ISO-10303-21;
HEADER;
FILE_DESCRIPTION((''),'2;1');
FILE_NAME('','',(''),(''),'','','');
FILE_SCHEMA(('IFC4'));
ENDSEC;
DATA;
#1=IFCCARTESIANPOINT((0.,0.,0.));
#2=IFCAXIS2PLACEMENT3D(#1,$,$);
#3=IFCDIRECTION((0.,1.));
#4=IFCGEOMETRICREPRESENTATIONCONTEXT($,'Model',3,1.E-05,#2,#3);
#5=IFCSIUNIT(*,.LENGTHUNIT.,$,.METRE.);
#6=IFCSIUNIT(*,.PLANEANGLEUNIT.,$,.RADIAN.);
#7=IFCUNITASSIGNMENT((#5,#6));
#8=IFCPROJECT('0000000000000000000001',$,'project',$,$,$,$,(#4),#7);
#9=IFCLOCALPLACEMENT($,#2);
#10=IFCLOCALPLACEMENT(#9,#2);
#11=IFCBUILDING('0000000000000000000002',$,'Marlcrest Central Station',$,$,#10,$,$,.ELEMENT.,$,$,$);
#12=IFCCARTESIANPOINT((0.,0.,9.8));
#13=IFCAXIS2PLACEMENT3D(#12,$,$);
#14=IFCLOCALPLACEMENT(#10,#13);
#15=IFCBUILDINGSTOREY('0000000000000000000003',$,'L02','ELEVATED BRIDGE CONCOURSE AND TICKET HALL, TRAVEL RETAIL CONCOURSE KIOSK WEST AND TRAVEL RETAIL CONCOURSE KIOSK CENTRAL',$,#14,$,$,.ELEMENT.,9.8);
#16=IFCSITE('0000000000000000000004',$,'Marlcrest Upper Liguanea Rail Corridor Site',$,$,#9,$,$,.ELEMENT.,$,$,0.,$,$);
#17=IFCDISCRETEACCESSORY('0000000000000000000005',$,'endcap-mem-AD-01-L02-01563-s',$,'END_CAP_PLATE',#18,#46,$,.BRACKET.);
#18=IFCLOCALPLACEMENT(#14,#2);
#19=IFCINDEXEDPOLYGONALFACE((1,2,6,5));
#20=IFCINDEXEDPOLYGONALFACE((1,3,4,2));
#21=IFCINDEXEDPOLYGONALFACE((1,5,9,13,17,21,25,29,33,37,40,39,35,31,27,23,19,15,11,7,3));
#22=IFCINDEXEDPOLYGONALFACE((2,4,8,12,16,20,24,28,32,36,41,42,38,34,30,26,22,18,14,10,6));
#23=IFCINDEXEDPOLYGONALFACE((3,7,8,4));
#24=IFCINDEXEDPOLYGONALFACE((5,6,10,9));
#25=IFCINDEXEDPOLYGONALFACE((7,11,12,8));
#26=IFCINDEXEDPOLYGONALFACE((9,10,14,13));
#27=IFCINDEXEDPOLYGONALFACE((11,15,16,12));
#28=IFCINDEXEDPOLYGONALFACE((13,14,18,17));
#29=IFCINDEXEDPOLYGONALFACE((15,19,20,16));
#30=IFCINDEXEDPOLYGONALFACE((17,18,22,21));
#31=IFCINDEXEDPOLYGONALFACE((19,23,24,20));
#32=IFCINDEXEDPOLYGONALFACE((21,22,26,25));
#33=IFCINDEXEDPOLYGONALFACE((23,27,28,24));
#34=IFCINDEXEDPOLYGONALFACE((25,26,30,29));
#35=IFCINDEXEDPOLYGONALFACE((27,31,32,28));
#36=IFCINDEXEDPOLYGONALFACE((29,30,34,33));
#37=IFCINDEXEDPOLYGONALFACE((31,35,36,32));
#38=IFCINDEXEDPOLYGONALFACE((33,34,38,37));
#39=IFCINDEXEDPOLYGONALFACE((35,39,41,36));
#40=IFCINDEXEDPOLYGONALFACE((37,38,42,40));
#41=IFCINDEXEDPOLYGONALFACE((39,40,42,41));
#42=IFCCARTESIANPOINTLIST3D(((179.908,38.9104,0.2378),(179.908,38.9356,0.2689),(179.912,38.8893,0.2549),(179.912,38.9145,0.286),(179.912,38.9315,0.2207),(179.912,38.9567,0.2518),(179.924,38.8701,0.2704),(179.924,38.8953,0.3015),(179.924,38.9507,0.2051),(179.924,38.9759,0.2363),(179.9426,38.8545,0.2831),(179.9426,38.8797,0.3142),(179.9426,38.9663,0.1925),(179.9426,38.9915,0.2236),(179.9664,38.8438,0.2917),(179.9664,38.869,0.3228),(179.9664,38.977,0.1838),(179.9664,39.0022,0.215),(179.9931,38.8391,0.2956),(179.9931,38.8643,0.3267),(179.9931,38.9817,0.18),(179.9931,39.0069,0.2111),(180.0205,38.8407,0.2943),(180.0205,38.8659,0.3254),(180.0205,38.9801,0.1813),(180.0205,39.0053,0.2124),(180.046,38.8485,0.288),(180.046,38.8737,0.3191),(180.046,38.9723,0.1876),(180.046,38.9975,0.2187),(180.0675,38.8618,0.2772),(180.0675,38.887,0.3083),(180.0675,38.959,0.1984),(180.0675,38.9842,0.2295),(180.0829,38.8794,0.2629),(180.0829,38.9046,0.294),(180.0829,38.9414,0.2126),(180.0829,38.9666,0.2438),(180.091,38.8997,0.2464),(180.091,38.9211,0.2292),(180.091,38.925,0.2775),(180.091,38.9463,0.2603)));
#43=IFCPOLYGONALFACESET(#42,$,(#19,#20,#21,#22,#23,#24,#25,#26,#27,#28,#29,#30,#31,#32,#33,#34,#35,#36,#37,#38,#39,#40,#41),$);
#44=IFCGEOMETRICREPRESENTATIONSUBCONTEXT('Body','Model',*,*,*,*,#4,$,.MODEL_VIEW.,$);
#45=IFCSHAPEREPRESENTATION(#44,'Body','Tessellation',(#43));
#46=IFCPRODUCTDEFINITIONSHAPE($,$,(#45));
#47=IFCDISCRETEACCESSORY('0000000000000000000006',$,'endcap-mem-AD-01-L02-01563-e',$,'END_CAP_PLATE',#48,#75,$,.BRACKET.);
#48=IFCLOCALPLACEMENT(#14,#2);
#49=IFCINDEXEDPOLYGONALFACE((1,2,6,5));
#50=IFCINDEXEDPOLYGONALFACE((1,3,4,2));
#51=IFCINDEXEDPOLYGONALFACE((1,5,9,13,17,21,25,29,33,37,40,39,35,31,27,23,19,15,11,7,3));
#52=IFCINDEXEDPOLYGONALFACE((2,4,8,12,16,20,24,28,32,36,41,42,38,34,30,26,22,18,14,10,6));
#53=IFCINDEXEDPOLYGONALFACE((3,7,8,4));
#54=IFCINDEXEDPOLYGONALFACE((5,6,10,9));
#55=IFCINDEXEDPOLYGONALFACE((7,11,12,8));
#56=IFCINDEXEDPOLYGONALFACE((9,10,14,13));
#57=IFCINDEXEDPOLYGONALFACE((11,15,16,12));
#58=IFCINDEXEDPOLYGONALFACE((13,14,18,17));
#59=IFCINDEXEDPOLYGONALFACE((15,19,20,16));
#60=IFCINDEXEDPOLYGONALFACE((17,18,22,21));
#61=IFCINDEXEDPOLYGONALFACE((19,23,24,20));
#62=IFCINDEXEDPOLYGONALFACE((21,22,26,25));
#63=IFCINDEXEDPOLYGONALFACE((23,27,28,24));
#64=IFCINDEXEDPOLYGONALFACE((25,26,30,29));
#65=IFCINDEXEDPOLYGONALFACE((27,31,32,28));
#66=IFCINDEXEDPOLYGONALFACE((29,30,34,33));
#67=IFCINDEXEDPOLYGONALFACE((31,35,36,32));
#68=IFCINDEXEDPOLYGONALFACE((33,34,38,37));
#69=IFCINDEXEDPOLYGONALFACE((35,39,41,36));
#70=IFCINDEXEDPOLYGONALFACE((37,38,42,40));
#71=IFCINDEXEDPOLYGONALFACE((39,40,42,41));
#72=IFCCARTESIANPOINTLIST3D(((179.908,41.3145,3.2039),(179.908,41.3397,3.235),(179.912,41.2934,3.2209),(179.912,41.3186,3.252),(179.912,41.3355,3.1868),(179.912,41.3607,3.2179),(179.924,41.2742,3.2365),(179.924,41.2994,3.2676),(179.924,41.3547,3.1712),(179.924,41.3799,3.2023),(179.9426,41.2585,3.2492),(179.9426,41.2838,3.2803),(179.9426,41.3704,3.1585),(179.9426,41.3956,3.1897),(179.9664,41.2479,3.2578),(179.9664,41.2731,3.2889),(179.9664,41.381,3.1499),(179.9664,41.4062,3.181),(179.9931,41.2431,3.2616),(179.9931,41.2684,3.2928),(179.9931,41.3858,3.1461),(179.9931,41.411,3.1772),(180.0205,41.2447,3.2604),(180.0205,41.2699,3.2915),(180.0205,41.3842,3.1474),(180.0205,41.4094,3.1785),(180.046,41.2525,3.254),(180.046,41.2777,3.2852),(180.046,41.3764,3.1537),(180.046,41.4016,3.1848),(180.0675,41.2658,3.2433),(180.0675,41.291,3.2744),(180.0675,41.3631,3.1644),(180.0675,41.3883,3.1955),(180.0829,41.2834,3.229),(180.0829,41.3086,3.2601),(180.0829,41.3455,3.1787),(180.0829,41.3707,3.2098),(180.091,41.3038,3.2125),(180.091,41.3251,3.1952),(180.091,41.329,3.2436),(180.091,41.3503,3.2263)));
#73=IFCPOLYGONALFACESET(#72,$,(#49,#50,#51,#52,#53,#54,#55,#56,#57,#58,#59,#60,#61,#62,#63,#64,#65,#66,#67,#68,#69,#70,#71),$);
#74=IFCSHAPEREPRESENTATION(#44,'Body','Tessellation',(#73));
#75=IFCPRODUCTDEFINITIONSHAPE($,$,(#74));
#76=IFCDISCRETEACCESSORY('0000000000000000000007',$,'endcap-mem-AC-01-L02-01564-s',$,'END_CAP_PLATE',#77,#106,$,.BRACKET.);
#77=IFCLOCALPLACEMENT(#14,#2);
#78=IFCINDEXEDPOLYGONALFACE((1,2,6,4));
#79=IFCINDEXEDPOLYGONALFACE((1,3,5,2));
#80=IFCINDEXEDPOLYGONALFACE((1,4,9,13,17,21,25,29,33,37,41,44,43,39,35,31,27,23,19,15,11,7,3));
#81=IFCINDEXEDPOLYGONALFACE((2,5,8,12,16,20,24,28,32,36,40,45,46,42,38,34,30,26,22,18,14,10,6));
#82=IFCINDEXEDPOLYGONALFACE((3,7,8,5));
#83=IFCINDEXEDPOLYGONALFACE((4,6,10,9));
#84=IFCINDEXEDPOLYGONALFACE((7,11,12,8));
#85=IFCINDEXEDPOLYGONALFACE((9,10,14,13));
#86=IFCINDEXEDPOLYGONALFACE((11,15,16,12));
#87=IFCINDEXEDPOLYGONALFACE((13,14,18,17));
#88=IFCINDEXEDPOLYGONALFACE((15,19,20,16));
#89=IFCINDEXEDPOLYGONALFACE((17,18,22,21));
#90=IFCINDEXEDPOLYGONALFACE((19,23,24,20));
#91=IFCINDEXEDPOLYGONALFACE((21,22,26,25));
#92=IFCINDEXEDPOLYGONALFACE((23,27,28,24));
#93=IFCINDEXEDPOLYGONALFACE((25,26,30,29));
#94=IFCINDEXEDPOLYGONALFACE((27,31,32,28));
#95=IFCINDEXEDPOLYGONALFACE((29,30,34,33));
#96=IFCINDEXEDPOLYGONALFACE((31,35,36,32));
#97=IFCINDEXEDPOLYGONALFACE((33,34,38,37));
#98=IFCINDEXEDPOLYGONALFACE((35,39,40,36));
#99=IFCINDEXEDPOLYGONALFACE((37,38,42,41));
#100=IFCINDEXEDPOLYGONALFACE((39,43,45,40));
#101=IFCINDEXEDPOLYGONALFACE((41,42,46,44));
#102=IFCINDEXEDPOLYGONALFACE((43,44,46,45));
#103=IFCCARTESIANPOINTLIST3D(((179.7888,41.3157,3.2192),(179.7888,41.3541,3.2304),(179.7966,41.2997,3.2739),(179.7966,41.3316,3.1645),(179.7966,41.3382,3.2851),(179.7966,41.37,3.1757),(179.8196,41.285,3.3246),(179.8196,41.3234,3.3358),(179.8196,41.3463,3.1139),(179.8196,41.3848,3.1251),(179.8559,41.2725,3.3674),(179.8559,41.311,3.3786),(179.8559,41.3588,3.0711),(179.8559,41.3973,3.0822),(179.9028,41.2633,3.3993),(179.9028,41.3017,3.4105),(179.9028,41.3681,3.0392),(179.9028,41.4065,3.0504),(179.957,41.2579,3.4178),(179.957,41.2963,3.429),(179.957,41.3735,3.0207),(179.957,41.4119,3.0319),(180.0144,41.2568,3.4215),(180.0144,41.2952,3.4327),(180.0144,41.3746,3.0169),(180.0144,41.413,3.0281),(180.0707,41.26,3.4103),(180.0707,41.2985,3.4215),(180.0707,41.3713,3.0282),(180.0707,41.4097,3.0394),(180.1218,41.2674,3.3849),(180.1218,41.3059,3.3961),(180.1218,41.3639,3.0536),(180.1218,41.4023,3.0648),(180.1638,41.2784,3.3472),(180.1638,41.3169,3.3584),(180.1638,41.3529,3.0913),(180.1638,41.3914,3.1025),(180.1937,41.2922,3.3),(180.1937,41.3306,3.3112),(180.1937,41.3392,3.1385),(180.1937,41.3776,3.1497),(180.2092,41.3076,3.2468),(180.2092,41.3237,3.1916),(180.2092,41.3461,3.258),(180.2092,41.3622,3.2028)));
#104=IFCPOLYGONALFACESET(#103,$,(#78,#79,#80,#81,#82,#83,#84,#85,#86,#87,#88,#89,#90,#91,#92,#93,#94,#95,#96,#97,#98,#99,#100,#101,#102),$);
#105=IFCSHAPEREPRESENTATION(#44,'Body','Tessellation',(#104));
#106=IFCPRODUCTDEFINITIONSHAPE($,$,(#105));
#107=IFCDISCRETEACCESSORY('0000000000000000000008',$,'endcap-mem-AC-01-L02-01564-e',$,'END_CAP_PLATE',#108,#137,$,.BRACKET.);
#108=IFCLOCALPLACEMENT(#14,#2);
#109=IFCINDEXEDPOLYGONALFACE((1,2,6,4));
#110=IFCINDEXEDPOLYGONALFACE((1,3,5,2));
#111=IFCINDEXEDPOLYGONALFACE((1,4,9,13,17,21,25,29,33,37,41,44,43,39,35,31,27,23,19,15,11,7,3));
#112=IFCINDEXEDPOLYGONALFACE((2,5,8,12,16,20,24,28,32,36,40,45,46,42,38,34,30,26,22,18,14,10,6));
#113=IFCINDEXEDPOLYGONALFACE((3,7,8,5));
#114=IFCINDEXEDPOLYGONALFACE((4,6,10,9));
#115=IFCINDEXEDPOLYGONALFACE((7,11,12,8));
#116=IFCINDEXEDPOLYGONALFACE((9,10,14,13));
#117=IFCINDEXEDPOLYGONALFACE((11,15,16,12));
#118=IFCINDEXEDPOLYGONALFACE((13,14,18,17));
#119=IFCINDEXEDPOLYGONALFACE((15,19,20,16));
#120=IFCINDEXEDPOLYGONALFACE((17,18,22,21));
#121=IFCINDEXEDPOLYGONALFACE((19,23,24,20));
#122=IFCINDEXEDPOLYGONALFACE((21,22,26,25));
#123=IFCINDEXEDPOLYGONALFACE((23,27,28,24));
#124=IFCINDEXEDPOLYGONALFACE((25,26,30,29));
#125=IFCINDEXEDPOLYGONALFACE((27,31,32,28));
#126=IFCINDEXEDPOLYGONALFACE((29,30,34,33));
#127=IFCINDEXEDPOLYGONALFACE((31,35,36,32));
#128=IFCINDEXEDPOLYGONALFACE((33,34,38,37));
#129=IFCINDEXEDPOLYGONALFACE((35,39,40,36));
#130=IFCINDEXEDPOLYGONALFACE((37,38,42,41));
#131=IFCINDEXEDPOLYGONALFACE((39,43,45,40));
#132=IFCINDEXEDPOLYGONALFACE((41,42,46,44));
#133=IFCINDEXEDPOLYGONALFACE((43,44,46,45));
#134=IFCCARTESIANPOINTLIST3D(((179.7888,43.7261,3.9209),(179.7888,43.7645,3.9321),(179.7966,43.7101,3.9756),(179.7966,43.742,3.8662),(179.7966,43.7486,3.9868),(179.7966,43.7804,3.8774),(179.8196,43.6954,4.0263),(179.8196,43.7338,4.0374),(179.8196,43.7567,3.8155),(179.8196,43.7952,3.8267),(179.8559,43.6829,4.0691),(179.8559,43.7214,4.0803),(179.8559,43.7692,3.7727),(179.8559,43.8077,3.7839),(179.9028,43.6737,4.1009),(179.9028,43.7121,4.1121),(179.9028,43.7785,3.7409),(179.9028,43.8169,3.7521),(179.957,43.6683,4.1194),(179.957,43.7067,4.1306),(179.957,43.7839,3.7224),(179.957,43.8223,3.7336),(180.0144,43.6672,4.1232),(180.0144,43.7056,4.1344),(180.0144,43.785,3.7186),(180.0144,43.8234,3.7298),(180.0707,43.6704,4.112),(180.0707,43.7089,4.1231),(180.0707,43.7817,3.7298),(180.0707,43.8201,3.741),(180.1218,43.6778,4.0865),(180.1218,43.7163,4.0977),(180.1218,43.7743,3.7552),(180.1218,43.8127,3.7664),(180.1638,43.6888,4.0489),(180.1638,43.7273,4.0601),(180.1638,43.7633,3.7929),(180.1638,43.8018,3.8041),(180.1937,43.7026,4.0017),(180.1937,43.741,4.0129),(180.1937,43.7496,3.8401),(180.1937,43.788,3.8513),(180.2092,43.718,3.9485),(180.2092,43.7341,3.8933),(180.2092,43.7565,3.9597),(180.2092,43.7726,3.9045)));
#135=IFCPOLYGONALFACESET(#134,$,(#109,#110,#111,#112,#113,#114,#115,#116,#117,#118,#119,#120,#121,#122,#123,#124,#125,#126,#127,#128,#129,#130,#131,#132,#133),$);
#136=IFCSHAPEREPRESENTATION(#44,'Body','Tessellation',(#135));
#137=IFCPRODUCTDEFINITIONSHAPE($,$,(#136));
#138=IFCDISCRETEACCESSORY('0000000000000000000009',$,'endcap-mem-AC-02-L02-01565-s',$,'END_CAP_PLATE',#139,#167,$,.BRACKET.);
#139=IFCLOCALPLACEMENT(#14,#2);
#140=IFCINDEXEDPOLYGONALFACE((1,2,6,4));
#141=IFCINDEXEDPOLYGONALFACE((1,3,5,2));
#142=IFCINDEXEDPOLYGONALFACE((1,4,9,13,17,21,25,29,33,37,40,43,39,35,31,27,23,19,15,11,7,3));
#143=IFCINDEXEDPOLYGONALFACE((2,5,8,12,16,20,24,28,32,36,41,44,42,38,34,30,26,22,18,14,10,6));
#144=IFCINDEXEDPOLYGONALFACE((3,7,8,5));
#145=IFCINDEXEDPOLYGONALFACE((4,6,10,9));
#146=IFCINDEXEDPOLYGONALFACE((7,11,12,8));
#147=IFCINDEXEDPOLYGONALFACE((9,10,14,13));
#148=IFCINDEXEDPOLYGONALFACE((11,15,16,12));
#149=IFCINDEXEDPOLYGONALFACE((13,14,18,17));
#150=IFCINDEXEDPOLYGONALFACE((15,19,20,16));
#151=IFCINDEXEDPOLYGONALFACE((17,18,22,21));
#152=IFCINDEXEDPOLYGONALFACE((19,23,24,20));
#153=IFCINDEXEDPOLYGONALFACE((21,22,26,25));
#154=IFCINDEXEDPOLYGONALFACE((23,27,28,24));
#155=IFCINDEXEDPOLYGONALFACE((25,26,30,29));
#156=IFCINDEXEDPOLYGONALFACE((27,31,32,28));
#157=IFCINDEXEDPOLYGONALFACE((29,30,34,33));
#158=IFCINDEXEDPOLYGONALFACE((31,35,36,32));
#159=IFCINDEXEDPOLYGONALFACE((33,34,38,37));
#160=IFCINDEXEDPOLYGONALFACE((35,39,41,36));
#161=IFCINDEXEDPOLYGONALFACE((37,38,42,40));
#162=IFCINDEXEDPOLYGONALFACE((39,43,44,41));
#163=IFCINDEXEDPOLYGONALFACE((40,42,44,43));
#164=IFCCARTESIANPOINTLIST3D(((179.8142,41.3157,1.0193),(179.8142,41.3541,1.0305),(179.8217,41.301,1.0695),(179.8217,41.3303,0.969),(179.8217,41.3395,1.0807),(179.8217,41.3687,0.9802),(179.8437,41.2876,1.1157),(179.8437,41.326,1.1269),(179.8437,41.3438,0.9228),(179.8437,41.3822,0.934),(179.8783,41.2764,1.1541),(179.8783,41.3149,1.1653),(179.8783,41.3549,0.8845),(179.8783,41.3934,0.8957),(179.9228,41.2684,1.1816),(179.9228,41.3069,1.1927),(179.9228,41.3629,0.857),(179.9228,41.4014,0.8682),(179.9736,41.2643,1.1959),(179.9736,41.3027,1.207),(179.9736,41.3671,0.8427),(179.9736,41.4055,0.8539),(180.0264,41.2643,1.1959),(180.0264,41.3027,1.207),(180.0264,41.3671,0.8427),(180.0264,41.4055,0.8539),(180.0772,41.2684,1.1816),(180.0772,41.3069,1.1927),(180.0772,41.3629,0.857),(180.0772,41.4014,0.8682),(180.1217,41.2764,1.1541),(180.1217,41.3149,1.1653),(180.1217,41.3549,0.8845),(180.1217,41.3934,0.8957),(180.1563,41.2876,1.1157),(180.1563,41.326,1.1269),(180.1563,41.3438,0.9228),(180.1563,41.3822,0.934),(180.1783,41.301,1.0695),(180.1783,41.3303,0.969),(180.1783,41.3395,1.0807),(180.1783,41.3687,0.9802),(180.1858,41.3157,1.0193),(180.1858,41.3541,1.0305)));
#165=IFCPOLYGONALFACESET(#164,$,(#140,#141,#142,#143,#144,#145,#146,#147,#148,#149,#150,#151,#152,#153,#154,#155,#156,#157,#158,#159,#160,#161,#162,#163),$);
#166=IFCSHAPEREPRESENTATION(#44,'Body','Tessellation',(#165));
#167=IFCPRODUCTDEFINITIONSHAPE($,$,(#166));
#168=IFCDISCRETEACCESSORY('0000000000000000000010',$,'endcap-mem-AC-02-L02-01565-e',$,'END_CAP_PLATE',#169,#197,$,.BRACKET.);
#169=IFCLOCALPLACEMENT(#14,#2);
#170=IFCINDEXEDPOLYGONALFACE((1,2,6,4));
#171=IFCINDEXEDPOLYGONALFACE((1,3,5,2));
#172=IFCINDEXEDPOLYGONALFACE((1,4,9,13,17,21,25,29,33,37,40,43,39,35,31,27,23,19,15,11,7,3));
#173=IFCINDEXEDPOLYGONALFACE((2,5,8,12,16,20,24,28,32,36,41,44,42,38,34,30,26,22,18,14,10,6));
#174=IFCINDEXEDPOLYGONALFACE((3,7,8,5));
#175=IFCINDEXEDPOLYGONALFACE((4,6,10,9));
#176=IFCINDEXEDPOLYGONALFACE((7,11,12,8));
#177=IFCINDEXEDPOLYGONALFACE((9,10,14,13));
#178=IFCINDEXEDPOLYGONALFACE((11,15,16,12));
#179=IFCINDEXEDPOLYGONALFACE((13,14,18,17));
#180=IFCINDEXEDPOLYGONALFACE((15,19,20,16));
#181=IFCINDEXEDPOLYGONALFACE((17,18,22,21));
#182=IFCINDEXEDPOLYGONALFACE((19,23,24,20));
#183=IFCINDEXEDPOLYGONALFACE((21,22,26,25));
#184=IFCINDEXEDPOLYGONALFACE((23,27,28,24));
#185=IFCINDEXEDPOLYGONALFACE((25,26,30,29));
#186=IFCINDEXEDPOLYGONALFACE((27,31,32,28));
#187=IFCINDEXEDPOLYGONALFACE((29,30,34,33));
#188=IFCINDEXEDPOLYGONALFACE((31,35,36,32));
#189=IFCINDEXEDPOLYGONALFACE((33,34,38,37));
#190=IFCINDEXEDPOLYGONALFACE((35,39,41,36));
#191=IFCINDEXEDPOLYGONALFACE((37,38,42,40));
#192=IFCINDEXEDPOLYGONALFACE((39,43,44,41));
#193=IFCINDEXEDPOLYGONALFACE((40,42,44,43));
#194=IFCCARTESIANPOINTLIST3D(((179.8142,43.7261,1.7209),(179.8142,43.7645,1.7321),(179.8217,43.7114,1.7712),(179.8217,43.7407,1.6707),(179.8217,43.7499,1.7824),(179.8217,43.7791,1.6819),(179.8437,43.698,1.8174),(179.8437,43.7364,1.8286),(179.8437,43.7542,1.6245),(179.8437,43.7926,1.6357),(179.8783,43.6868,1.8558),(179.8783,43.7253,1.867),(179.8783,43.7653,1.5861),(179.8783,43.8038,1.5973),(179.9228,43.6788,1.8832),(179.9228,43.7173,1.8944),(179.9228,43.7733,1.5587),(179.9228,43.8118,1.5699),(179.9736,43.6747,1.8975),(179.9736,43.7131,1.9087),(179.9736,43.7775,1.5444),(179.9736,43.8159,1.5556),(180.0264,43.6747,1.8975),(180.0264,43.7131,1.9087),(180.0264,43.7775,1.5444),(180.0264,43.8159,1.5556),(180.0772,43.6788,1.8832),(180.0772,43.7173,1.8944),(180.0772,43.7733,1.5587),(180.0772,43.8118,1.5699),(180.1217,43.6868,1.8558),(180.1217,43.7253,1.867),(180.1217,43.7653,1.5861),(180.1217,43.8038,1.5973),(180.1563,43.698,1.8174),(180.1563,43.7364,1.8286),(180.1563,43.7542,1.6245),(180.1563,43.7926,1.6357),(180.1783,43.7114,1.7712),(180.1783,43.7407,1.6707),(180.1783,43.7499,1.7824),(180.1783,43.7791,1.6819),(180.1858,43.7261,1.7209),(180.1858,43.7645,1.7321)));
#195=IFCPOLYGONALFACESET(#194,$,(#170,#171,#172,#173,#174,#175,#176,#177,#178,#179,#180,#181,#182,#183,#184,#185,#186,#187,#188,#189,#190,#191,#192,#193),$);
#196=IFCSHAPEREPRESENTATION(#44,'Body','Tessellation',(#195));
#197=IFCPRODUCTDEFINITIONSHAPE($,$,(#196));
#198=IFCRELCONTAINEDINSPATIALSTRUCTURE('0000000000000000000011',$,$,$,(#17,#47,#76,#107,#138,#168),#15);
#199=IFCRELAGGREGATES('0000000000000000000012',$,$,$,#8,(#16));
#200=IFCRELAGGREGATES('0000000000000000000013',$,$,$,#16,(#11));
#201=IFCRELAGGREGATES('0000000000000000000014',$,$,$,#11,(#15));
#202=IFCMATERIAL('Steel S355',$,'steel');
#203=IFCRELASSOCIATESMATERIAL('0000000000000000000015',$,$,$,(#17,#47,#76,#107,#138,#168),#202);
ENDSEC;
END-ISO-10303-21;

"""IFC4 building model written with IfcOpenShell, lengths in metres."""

from ifc_helpers import new_model, si_unit, direction, frame, origin, origin_2d, place, context, subcontext, project, spatial, circle, extrude, material, element, save


model = new_model("IFC4")

# Units and contexts
model_context = context("Model", 3, precision=1e-05, world=origin(), true_north=direction((0.0, 1.0)))
body_context = subcontext(model_context, "Body", "Model", "MODEL_VIEW")
ifc_project = project(units=[si_unit("LENGTHUNIT", "METRE"), si_unit("PLANEANGLEUNIT", "RADIAN")], contexts=[model_context])

# Site, building, storey
site_placement = place(None, origin())
site = spatial("IfcSite", under=ifc_project, at=site_placement, Name="Marlcrest Upper Liguanea Rail Corridor Site", CompositionType="ELEMENT", RefElevation=0.0)
building_placement = place(site_placement, origin())
building = spatial("IfcBuilding", under=site, at=building_placement, Name="Marlcrest Central Station", CompositionType="ELEMENT")
storey_placement = place(building_placement, frame((0.0, 0.0, 9.8)))
storey = spatial("IfcBuildingStorey", under=building, at=storey_placement, Name="L02", Description="ELEVATED BRIDGE CONCOURSE AND TICKET HALL, TRAVEL RETAIL CONCOURSE KIOSK WEST AND TRAVEL RETAIL CONCOURSE KIOSK CENTRAL", CompositionType="ELEMENT", Elevation=9.8)

# Shared definitions
ifc_material_1 = material(Name="Steel S355", Category="steel")

# Discrete accessories
for number, where, z_axis, x_axis, name in (
    (1, (180.0, 38.9104, 0.2378), (0.0, 0.629629, 0.776896), (-1.0, 0.0, 0.0), "endcap-mem-AD-01-L02-01563-s"),
    (2, (180.0, 41.3145, 3.2039), (0.0, 0.629629, 0.776896), (-1.0, 0.0, 0.0), "endcap-mem-AD-01-L02-01563-e"),
):
    element("IfcDiscreteAccessory", number, at=place(storey_placement, frame(where, z_axis=z_axis, x_axis=x_axis)), inside=storey, material=ifc_material_1, Name=name, ObjectType="END_CAP_PLATE", PredefinedType="BRACKET", context=body_context, shape_type="SweptSolid", body=[
        extrude(circle(Radius=0.092, at=origin_2d()), origin(), (0.0, 0.0, 1.0), 0.04),
    ])
for number, where, z_axis, x_axis, name in (
    (3, (180.0, 41.3157, 3.2192), (0.0, 0.96013, 0.279554), (-1.0, 0.0, 0.0), "endcap-mem-AC-01-L02-01564-s"),
    (4, (180.0, 43.7261, 3.9209), (0.0, 0.96013, 0.279554), (-1.0, 0.0, 0.0), "endcap-mem-AC-01-L02-01564-e"),
):
    element("IfcDiscreteAccessory", number, at=place(storey_placement, frame(where, z_axis=z_axis, x_axis=x_axis)), inside=storey, material=ifc_material_1, Name=name, ObjectType="END_CAP_PLATE", PredefinedType="BRACKET", context=body_context, shape_type="SweptSolid", body=[
        extrude(circle(Radius=0.2112, at=origin_2d()), origin(), (0.0, 0.0, 1.0), 0.04),
    ])
for number, where, z_axis, x_axis, name in (
    (5, (180.0, 41.3157, 1.0193), (0.0, 0.96013, 0.279554), (-1.0, 0.0, 0.0), "endcap-mem-AC-02-L02-01565-s"),
    (6, (180.0, 43.7261, 1.7209), (0.0, 0.96013, 0.279554), (-1.0, 0.0, 0.0), "endcap-mem-AC-02-L02-01565-e"),
):
    element("IfcDiscreteAccessory", number, at=place(storey_placement, frame(where, z_axis=z_axis, x_axis=x_axis)), inside=storey, material=ifc_material_1, Name=name, ObjectType="END_CAP_PLATE", PredefinedType="BRACKET", context=body_context, shape_type="SweptSolid", body=[
        extrude(circle(Radius=0.1858, at=origin_2d()), origin(), (0.0, 0.0, 1.0), 0.04),
    ])

save(model, "model.ifc")
